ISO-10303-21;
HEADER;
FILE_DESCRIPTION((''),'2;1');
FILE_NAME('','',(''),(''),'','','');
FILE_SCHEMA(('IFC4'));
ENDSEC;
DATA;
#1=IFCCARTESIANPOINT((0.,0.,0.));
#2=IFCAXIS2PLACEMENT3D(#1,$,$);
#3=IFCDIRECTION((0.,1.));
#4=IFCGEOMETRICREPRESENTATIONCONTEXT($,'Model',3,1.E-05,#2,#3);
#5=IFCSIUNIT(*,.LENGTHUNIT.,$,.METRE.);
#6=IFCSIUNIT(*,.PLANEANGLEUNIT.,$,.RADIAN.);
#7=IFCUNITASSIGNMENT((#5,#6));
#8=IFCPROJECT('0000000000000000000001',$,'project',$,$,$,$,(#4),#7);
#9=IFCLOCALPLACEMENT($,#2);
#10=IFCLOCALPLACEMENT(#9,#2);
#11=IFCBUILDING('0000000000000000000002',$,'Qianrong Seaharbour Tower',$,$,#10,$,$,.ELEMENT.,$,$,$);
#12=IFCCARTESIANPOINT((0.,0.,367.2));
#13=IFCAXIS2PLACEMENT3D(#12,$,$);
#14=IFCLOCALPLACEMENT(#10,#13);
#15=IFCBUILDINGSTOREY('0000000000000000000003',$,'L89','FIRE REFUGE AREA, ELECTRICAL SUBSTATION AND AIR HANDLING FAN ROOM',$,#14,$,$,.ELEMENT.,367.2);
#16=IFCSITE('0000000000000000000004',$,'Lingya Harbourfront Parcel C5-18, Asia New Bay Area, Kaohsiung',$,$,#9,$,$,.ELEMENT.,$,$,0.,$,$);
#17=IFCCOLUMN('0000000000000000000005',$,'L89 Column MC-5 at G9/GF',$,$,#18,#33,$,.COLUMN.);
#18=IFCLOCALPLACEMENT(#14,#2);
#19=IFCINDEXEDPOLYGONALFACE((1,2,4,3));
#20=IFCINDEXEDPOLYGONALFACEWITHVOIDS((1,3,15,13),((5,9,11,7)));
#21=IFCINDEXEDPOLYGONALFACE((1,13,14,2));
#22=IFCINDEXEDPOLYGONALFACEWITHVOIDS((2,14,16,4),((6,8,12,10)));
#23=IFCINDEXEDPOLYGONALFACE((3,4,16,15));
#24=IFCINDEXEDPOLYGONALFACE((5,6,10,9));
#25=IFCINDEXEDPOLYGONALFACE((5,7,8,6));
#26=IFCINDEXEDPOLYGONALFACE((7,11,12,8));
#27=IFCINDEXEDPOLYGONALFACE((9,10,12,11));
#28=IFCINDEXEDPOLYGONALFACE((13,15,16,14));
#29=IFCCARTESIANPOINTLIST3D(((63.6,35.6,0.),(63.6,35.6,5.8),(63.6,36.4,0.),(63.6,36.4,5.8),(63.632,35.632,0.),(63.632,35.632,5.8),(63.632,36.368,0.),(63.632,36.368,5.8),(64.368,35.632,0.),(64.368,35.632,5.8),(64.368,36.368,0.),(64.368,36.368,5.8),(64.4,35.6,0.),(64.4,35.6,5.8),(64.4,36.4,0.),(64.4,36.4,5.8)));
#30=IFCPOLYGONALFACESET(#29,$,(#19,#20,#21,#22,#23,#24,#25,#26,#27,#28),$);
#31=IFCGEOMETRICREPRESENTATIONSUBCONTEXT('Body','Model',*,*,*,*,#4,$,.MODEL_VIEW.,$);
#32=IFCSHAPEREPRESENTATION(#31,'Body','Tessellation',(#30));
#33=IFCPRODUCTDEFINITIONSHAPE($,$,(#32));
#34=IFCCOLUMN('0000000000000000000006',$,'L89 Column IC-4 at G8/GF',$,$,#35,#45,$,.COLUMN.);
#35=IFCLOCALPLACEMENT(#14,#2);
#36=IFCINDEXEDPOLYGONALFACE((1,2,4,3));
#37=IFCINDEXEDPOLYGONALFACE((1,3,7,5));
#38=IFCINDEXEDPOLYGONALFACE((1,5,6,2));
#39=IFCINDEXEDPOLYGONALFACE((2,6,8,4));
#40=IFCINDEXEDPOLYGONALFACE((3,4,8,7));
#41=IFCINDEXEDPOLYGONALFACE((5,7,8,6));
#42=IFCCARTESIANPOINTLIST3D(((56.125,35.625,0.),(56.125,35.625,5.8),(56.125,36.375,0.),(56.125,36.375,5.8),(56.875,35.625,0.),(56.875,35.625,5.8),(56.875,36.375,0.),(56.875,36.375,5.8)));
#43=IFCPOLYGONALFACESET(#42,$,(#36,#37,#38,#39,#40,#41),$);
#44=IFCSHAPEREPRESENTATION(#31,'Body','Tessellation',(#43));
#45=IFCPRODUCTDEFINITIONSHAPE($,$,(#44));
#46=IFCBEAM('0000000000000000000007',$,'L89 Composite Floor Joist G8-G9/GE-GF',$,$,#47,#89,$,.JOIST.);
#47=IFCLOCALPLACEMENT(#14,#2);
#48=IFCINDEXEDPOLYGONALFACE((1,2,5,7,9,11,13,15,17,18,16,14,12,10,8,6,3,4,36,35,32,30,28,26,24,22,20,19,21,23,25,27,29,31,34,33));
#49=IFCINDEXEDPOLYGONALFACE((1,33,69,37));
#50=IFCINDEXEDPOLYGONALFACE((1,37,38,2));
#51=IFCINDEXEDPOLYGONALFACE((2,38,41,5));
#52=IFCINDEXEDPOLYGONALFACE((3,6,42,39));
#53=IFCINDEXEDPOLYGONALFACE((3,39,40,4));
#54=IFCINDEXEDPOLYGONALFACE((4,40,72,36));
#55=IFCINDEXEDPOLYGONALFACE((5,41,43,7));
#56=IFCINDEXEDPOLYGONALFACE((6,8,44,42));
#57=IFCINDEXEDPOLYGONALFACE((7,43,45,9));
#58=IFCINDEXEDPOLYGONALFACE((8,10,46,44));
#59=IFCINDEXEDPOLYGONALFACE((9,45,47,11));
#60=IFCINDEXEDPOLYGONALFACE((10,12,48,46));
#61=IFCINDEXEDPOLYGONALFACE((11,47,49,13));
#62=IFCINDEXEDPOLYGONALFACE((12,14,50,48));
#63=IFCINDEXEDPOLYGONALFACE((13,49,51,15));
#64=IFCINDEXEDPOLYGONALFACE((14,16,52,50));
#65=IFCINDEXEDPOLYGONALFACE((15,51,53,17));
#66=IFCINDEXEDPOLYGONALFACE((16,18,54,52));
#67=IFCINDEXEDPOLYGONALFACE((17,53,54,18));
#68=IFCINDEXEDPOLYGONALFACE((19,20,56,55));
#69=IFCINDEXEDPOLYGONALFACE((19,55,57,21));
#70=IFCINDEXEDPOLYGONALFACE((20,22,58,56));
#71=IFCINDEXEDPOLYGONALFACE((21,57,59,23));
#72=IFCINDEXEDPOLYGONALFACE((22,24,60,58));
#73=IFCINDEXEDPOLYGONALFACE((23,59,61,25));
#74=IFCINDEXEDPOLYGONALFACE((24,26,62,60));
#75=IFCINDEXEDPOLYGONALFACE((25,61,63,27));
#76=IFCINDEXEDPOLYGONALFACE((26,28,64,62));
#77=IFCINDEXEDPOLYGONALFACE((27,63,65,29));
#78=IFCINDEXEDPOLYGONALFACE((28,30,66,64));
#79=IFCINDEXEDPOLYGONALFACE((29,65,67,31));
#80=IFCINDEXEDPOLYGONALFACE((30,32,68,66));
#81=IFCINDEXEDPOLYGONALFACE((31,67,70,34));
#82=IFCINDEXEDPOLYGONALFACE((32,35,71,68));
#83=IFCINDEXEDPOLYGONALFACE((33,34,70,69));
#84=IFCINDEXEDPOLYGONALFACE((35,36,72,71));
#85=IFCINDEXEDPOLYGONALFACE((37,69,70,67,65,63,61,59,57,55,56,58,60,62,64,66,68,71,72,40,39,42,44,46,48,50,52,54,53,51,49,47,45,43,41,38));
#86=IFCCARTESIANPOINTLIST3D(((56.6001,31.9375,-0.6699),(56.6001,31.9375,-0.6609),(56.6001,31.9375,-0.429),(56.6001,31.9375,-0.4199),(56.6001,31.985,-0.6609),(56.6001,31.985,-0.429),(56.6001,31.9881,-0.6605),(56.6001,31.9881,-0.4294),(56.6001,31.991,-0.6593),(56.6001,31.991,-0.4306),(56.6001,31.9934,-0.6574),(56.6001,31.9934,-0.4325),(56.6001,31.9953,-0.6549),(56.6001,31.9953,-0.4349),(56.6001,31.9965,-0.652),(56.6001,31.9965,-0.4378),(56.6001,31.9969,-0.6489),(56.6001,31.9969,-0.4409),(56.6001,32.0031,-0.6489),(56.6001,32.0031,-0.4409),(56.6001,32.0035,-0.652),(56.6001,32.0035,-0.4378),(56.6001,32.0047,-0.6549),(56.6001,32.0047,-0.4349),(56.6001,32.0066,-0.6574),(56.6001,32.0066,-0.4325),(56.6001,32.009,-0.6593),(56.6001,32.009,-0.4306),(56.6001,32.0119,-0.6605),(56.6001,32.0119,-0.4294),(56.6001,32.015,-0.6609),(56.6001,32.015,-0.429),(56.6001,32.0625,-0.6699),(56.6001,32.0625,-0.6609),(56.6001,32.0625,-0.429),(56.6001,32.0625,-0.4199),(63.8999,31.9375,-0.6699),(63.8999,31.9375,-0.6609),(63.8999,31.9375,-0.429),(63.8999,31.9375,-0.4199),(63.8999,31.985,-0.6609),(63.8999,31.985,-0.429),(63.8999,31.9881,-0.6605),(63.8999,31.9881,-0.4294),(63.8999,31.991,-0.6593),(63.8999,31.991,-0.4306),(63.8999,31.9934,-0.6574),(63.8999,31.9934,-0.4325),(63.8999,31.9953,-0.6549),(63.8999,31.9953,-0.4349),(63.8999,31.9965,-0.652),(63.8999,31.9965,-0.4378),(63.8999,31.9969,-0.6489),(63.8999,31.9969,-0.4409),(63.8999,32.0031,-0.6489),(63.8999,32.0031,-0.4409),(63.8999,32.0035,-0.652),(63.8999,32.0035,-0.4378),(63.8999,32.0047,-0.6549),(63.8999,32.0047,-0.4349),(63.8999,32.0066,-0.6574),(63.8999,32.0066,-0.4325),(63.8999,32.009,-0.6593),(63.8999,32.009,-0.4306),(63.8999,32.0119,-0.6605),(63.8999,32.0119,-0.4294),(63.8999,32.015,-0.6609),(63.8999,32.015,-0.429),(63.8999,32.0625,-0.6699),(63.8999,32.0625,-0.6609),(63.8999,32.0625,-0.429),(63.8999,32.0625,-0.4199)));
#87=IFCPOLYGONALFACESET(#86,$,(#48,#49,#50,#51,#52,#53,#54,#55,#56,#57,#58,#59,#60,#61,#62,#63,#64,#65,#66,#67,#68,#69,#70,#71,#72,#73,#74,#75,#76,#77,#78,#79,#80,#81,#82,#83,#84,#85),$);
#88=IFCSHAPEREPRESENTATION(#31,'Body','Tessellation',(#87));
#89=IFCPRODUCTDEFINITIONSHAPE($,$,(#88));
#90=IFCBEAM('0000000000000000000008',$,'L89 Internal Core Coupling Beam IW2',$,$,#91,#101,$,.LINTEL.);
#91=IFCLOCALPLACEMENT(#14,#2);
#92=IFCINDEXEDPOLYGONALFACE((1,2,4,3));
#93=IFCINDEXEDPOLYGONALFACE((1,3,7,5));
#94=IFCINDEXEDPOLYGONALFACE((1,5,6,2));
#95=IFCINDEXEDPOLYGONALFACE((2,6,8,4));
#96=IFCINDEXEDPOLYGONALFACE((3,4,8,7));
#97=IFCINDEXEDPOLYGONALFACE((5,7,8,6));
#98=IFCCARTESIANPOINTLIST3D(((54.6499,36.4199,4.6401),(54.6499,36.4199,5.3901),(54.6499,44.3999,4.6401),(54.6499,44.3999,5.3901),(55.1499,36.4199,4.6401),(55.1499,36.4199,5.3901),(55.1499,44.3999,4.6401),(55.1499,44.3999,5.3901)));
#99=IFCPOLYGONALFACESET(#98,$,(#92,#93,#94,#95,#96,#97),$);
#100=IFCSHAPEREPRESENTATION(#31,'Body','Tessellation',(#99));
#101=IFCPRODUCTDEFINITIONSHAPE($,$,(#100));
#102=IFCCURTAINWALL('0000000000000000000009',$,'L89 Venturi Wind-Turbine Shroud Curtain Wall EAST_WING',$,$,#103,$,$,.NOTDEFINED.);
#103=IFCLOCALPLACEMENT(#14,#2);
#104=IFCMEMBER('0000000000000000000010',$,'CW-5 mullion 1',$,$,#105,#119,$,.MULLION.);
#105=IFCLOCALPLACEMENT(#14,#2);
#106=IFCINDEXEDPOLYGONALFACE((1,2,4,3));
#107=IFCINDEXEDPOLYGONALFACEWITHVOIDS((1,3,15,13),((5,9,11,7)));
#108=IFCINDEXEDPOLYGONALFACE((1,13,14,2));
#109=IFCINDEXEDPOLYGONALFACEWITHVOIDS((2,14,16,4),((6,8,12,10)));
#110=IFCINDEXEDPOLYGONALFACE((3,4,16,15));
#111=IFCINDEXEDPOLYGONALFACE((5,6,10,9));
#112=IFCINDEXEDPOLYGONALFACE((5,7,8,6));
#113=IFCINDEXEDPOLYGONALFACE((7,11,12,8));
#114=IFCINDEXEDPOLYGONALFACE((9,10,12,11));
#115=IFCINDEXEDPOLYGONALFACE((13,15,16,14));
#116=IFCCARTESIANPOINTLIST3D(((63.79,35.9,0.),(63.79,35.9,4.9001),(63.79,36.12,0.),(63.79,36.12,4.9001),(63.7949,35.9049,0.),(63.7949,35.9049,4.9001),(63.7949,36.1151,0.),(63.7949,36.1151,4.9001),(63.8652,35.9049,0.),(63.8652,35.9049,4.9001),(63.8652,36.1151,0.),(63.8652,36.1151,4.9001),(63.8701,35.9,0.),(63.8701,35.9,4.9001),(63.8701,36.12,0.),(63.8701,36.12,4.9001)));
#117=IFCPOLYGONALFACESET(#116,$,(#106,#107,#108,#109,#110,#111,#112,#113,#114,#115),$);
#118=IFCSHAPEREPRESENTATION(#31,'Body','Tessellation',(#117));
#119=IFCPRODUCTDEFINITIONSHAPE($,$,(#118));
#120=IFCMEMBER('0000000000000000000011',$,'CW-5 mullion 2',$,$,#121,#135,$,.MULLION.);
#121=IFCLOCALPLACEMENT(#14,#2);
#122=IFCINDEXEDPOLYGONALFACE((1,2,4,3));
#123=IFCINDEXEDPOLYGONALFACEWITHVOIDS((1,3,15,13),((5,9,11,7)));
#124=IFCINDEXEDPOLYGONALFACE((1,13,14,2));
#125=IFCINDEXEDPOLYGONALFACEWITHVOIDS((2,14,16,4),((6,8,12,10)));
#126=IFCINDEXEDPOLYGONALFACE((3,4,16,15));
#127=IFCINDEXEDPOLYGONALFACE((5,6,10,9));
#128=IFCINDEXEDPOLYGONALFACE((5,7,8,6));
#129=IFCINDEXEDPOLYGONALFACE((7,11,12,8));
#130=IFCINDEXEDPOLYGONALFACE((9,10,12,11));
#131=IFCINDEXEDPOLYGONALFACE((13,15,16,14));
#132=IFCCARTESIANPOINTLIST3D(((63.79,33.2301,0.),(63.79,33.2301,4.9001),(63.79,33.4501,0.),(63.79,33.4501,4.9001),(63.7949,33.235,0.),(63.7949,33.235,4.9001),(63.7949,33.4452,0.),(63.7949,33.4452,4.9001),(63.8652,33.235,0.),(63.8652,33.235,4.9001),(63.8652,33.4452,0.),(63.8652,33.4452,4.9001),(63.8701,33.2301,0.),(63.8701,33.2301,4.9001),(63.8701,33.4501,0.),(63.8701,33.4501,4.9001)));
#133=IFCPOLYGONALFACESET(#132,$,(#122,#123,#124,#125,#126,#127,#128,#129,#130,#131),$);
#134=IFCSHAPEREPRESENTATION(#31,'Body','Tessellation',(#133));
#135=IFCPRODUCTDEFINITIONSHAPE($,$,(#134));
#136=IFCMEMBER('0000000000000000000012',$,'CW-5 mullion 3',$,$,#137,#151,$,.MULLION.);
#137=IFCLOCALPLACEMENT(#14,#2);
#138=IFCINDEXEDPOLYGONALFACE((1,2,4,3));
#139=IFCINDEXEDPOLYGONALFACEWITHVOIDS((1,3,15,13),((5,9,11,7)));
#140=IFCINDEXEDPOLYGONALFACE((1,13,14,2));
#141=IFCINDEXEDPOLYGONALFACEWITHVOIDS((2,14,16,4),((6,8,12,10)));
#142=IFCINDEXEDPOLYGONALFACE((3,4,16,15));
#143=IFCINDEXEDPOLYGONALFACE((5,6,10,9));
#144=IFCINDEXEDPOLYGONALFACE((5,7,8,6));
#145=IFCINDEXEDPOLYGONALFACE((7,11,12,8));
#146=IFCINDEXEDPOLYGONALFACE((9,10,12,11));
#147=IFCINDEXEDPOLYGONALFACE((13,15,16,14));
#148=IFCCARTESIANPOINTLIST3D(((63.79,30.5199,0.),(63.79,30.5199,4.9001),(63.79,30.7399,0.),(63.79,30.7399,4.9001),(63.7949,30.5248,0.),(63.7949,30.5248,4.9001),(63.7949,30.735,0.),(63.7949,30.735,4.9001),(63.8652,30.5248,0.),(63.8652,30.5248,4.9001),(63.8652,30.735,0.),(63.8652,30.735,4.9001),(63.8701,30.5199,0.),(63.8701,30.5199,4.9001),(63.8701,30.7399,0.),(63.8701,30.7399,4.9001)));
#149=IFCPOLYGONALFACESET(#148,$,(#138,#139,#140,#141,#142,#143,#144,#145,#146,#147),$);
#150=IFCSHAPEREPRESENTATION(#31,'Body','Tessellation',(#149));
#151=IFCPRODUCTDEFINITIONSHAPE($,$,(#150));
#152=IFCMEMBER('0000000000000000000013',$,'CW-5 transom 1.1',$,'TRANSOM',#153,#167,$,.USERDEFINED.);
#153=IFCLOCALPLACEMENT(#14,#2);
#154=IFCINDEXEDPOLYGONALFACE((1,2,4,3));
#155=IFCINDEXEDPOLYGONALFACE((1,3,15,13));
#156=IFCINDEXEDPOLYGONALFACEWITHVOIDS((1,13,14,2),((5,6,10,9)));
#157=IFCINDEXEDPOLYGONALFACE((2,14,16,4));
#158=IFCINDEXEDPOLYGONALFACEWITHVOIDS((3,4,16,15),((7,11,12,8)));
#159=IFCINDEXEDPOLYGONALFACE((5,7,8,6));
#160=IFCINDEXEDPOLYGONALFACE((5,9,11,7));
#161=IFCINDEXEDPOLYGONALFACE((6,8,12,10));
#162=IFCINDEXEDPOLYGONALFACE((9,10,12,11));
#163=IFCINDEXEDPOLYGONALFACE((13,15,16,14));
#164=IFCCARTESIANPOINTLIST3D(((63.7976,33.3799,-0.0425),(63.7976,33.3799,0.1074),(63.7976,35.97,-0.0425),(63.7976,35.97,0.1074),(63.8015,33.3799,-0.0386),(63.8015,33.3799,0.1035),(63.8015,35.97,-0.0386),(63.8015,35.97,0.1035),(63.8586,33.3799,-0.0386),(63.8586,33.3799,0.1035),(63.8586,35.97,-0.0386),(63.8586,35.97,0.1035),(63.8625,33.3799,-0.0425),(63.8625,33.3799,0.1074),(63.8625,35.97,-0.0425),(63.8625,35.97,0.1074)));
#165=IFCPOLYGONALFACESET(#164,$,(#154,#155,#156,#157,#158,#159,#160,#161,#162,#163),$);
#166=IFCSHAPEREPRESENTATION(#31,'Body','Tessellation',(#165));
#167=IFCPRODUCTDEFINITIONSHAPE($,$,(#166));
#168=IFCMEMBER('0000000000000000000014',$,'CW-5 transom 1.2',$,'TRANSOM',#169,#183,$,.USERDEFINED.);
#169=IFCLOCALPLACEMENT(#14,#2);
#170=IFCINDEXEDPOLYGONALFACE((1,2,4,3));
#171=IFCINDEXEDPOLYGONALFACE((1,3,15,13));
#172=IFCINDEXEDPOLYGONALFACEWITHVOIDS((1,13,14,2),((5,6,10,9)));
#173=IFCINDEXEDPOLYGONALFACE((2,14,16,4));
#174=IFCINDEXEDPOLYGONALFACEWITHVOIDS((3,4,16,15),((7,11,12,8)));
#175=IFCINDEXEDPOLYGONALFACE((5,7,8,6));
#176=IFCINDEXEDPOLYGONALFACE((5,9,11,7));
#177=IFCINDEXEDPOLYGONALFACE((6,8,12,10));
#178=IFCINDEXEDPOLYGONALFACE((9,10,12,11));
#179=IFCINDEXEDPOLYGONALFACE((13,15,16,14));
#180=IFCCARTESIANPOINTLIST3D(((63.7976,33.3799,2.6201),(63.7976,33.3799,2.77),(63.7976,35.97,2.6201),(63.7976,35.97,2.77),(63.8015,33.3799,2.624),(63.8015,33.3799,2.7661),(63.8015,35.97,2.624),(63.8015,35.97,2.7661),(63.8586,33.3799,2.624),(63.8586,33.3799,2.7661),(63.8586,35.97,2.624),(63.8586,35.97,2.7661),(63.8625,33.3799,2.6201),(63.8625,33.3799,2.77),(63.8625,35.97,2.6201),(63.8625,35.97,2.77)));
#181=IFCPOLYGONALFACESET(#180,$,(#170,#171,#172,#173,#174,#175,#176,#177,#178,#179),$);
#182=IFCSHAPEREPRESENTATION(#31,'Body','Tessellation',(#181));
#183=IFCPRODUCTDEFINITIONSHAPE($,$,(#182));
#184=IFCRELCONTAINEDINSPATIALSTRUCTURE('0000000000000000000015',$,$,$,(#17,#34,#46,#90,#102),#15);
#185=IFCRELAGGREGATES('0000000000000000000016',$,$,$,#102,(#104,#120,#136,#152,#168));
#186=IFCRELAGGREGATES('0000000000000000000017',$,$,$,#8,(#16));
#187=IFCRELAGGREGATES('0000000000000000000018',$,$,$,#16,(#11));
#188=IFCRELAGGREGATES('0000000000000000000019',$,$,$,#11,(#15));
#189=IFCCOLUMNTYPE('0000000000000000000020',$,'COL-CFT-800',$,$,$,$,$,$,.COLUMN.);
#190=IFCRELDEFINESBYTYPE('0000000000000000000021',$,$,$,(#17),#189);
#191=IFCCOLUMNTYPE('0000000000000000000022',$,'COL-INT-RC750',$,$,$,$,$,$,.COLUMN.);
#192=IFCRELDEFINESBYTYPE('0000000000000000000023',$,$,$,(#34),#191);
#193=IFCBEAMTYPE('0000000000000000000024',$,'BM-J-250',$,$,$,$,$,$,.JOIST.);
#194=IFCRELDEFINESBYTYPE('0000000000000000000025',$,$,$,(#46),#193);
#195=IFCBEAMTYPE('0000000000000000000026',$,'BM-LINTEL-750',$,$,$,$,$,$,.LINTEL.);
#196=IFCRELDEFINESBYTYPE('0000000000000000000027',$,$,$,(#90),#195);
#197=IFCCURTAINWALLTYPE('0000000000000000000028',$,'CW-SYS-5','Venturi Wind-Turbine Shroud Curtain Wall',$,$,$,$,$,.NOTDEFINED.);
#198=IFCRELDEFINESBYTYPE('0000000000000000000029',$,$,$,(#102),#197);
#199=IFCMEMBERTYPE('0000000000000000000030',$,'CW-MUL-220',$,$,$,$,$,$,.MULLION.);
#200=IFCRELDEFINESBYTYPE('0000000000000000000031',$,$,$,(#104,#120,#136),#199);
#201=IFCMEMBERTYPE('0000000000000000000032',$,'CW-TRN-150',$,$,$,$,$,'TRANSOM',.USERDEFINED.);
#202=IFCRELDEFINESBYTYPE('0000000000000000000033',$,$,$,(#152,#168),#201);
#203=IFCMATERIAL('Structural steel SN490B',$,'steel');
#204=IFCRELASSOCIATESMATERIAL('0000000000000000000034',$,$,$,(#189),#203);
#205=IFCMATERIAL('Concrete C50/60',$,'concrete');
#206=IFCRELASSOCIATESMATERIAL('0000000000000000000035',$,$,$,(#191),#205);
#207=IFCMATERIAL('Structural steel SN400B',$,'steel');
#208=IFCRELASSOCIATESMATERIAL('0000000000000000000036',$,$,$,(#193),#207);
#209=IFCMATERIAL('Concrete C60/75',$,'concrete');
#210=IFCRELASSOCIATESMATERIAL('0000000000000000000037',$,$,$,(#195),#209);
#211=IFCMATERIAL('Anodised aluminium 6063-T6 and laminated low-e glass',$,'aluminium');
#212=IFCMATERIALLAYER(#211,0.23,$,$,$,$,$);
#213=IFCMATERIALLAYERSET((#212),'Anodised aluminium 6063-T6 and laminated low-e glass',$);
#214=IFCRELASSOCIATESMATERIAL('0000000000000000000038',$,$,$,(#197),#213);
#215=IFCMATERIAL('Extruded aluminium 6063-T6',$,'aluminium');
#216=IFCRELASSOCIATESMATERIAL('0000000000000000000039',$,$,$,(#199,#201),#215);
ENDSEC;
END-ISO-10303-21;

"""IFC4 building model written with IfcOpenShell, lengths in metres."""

from ifc_helpers import new_model, si_unit, direction, frame, origin, origin_2d, place, context, subcontext, project, spatial, rectangle, hollow_rectangle, i_section, extrude, material, layer, layer_set, material_profile, profile_set, type_object, element, aggregate, save


model = new_model("IFC4")

# Units and contexts
model_context = context("Model", 3, precision=1e-05, world=origin(), true_north=direction((0.0, 1.0)))
body_context = subcontext(model_context, "Body", "Model", "MODEL_VIEW")
ifc_project = project(units=[si_unit("LENGTHUNIT", "METRE"), si_unit("PLANEANGLEUNIT", "RADIAN")], contexts=[model_context])

# Site, building, storey
site_placement = place(None, origin())
site = spatial("IfcSite", under=ifc_project, at=site_placement, Name="Lingya Harbourfront Parcel C5-18, Asia New Bay Area, Kaohsiung", CompositionType="ELEMENT", RefElevation=0.0)
building_placement = place(site_placement, origin())
building = spatial("IfcBuilding", under=site, at=building_placement, Name="Qianrong Seaharbour Tower", CompositionType="ELEMENT")
storey_placement = place(building_placement, frame((0.0, 0.0, 367.2)))
storey = spatial("IfcBuildingStorey", under=building, at=storey_placement, Name="L89", Description="FIRE REFUGE AREA, ELECTRICAL SUBSTATION AND AIR HANDLING FAN ROOM", CompositionType="ELEMENT", Elevation=367.2)

# Columns
ifc_material_1 = material(Name="Structural steel SN490B", Category="steel")
ifc_material_profile_1 = material_profile(ifc_material_1, hollow_rectangle(XDim=0.8, YDim=0.8, WallThickness=0.032, at=origin_2d()), Name="BOX800x800x32")
ifc_profile_set_1 = profile_set([ifc_material_profile_1], Name="Structural steel SN490B")
column_type_1 = type_object("IfcColumnType", Name="COL-CFT-800", PredefinedType="COLUMN", material=ifc_profile_set_1)
column_1_placement = place(storey_placement, frame((64.0, 36.0, 0.0), z_axis=(0.0, 0.0, 1.0), x_axis=(1.0, 0.0, 0.0)))
element("IfcColumn", 1, at=column_1_placement, inside=storey, type_object=column_type_1, Name="L89 Column MC-5 at G9/GF", PredefinedType="COLUMN", context=body_context, shape_type="SweptSolid", body=[
    extrude(hollow_rectangle(XDim=0.8, YDim=0.8, WallThickness=0.032, at=origin_2d()), origin(), (0.0, 0.0, 1.0), 5.8),
])
ifc_material_2 = material(Name="Concrete C50/60", Category="concrete")
ifc_material_profile_2 = material_profile(ifc_material_2, rectangle(XDim=0.75, YDim=0.75, at=origin_2d()), Name="RC750x750")
ifc_profile_set_2 = profile_set([ifc_material_profile_2], Name="Concrete C50/60")
column_type_2 = type_object("IfcColumnType", Name="COL-INT-RC750", PredefinedType="COLUMN", material=ifc_profile_set_2)
column_2_placement = place(storey_placement, frame((56.5, 36.0, 0.0), z_axis=(0.0, 0.0, 1.0), x_axis=(1.0, 0.0, 0.0)))
element("IfcColumn", 2, at=column_2_placement, inside=storey, type_object=column_type_2, Name="L89 Column IC-4 at G8/GF", PredefinedType="COLUMN", context=body_context, shape_type="SweptSolid", body=[
    extrude(rectangle(XDim=0.75, YDim=0.75, at=origin_2d()), origin(), (0.0, 0.0, 1.0), 5.8),
])

# Beams
ifc_material_3 = material(Name="Structural steel SN400B", Category="steel")
ifc_material_profile_3 = material_profile(ifc_material_3, i_section(OverallWidth=0.125, OverallDepth=0.25, WebThickness=0.0061, FlangeThickness=0.009, FilletRadius=0.012, at=origin_2d()), Name="H250x125x6x9")
ifc_profile_set_3 = profile_set([ifc_material_profile_3], Name="Structural steel SN400B")
beam_type_1 = type_object("IfcBeamType", Name="BM-J-250", PredefinedType="JOIST", material=ifc_profile_set_3)
beam_1_placement = place(storey_placement, frame((56.6001, 32.0, -0.5449), z_axis=(1.0, 0.0, 0.0), x_axis=(0.0, 1.0, 0.0)))
element("IfcBeam", 3, at=beam_1_placement, inside=storey, type_object=beam_type_1, Name="L89 Composite Floor Joist G8-G9/GE-GF", PredefinedType="JOIST", context=body_context, shape_type="SweptSolid", body=[
    extrude(i_section(OverallWidth=0.125, OverallDepth=0.25, WebThickness=0.0061, FlangeThickness=0.009, FilletRadius=0.012, at=origin_2d()), origin(), (0.0, 0.0, 1.0), 7.2998),
])
ifc_material_4 = material(Name="Concrete C60/75", Category="concrete")
ifc_material_profile_4 = material_profile(ifc_material_4, rectangle(XDim=0.5, YDim=0.75, at=origin_2d()), Name="RC500x750")
ifc_profile_set_4 = profile_set([ifc_material_profile_4], Name="Concrete C60/75")
beam_type_2 = type_object("IfcBeamType", Name="BM-LINTEL-750", PredefinedType="LINTEL", material=ifc_profile_set_4)
beam_2_placement = place(storey_placement, frame((54.8999, 36.4199, 5.0151), z_axis=(0.0, 1.0, 0.0), x_axis=(-1.0, 0.0, 0.0)))
element("IfcBeam", 4, at=beam_2_placement, inside=storey, type_object=beam_type_2, Name="L89 Internal Core Coupling Beam IW2", PredefinedType="LINTEL", context=body_context, shape_type="SweptSolid", body=[
    extrude(rectangle(XDim=0.5, YDim=0.75, at=origin_2d()), origin(), (0.0, 0.0, 1.0), 7.98),
])

# Curtain wall, members
ifc_material_5 = material(Name="Anodised aluminium 6063-T6 and laminated low-e glass", Category="aluminium")
ifc_layer_1 = layer(ifc_material_5, 0.23)
ifc_layer_set_1 = layer_set([ifc_layer_1], Name="Anodised aluminium 6063-T6 and laminated low-e glass")
curtain_wall_type = type_object("IfcCurtainWallType", Name="CW-SYS-5", Description="Venturi Wind-Turbine Shroud Curtain Wall", PredefinedType="NOTDEFINED", material=ifc_layer_set_1)
curtain_wall_placement = place(storey_placement, origin())
curtain_wall = element("IfcCurtainWall", 5, at=curtain_wall_placement, inside=storey, type_object=curtain_wall_type, Name="L89 Venturi Wind-Turbine Shroud Curtain Wall EAST_WING", PredefinedType="NOTDEFINED")
ifc_material_6 = material(Name="Extruded aluminium 6063-T6", Category="aluminium")
ifc_material_profile_5 = material_profile(ifc_material_6, hollow_rectangle(XDim=0.0801, YDim=0.22, WallThickness=0.0049, at=origin_2d()), Name="ALU-MUL-220x80x5")
ifc_profile_set_5 = profile_set([ifc_material_profile_5], Name="Extruded aluminium 6063-T6")
member_type_1 = type_object("IfcMemberType", Name="CW-MUL-220", PredefinedType="MULLION", material=ifc_profile_set_5)
member_1_placement = place(storey_placement, frame((63.8301, 36.01, 0.0), z_axis=(0.0, 0.0, 1.0), x_axis=(1.0, 0.0, 0.0)))
member_1 = element("IfcMember", 6, at=member_1_placement, type_object=member_type_1, Name="CW-5 mullion 1", PredefinedType="MULLION", context=body_context, shape_type="SweptSolid", body=[
    extrude(hollow_rectangle(XDim=0.0801, YDim=0.22, WallThickness=0.0049, at=origin_2d()), origin(), (0.0, 0.0, 1.0), 4.9001),
])
member_2_placement = place(storey_placement, frame((63.8301, 33.3401, 0.0), z_axis=(0.0, 0.0, 1.0), x_axis=(1.0, 0.0, 0.0)))
member_2 = element("IfcMember", 7, at=member_2_placement, type_object=member_type_1, Name="CW-5 mullion 2", PredefinedType="MULLION", context=body_context, shape_type="SweptSolid", body=[
    extrude(hollow_rectangle(XDim=0.0801, YDim=0.22, WallThickness=0.0049, at=origin_2d()), origin(), (0.0, 0.0, 1.0), 4.9001),
])
member_3_placement = place(storey_placement, frame((63.8301, 30.6299, 0.0), z_axis=(0.0, 0.0, 1.0), x_axis=(1.0, 0.0, 0.0)))
member_3 = element("IfcMember", 8, at=member_3_placement, type_object=member_type_1, Name="CW-5 mullion 3", PredefinedType="MULLION", context=body_context, shape_type="SweptSolid", body=[
    extrude(hollow_rectangle(XDim=0.0801, YDim=0.22, WallThickness=0.0049, at=origin_2d()), origin(), (0.0, 0.0, 1.0), 4.9001),
])
ifc_material_profile_6 = material_profile(ifc_material_6, hollow_rectangle(XDim=0.0649, YDim=0.1499, WallThickness=0.0039, at=origin_2d()), Name="ALU-TRN-150x65x4")
ifc_profile_set_6 = profile_set([ifc_material_profile_6], Name="Extruded aluminium 6063-T6")
member_type_2 = type_object("IfcMemberType", Name="CW-TRN-150", ElementType="TRANSOM", PredefinedType="USERDEFINED", material=ifc_profile_set_6)
member_4_placement = place(storey_placement, frame((63.8301, 35.97, 0.0325), z_axis=(0.0, -1.0, 0.0), x_axis=(1.0, 0.0, 0.0)))
member_4 = element("IfcMember", 9, at=member_4_placement, type_object=member_type_2, Name="CW-5 transom 1.1", ObjectType="TRANSOM", PredefinedType="USERDEFINED", context=body_context, shape_type="SweptSolid", body=[
    extrude(hollow_rectangle(XDim=0.0649, YDim=0.1499, WallThickness=0.0039, at=origin_2d()), origin(), (0.0, 0.0, 1.0), 2.5901),
])
member_5_placement = place(storey_placement, frame((63.8301, 35.97, 2.6951), z_axis=(0.0, -1.0, 0.0), x_axis=(1.0, 0.0, 0.0)))
member_5 = element("IfcMember", 10, at=member_5_placement, type_object=member_type_2, Name="CW-5 transom 1.2", ObjectType="TRANSOM", PredefinedType="USERDEFINED", context=body_context, shape_type="SweptSolid", body=[
    extrude(hollow_rectangle(XDim=0.0649, YDim=0.1499, WallThickness=0.0039, at=origin_2d()), origin(), (0.0, 0.0, 1.0), 2.5901),
])
aggregate(curtain_wall, [member_1, member_2, member_3, member_4, member_5])

save(model, "model.ifc")
